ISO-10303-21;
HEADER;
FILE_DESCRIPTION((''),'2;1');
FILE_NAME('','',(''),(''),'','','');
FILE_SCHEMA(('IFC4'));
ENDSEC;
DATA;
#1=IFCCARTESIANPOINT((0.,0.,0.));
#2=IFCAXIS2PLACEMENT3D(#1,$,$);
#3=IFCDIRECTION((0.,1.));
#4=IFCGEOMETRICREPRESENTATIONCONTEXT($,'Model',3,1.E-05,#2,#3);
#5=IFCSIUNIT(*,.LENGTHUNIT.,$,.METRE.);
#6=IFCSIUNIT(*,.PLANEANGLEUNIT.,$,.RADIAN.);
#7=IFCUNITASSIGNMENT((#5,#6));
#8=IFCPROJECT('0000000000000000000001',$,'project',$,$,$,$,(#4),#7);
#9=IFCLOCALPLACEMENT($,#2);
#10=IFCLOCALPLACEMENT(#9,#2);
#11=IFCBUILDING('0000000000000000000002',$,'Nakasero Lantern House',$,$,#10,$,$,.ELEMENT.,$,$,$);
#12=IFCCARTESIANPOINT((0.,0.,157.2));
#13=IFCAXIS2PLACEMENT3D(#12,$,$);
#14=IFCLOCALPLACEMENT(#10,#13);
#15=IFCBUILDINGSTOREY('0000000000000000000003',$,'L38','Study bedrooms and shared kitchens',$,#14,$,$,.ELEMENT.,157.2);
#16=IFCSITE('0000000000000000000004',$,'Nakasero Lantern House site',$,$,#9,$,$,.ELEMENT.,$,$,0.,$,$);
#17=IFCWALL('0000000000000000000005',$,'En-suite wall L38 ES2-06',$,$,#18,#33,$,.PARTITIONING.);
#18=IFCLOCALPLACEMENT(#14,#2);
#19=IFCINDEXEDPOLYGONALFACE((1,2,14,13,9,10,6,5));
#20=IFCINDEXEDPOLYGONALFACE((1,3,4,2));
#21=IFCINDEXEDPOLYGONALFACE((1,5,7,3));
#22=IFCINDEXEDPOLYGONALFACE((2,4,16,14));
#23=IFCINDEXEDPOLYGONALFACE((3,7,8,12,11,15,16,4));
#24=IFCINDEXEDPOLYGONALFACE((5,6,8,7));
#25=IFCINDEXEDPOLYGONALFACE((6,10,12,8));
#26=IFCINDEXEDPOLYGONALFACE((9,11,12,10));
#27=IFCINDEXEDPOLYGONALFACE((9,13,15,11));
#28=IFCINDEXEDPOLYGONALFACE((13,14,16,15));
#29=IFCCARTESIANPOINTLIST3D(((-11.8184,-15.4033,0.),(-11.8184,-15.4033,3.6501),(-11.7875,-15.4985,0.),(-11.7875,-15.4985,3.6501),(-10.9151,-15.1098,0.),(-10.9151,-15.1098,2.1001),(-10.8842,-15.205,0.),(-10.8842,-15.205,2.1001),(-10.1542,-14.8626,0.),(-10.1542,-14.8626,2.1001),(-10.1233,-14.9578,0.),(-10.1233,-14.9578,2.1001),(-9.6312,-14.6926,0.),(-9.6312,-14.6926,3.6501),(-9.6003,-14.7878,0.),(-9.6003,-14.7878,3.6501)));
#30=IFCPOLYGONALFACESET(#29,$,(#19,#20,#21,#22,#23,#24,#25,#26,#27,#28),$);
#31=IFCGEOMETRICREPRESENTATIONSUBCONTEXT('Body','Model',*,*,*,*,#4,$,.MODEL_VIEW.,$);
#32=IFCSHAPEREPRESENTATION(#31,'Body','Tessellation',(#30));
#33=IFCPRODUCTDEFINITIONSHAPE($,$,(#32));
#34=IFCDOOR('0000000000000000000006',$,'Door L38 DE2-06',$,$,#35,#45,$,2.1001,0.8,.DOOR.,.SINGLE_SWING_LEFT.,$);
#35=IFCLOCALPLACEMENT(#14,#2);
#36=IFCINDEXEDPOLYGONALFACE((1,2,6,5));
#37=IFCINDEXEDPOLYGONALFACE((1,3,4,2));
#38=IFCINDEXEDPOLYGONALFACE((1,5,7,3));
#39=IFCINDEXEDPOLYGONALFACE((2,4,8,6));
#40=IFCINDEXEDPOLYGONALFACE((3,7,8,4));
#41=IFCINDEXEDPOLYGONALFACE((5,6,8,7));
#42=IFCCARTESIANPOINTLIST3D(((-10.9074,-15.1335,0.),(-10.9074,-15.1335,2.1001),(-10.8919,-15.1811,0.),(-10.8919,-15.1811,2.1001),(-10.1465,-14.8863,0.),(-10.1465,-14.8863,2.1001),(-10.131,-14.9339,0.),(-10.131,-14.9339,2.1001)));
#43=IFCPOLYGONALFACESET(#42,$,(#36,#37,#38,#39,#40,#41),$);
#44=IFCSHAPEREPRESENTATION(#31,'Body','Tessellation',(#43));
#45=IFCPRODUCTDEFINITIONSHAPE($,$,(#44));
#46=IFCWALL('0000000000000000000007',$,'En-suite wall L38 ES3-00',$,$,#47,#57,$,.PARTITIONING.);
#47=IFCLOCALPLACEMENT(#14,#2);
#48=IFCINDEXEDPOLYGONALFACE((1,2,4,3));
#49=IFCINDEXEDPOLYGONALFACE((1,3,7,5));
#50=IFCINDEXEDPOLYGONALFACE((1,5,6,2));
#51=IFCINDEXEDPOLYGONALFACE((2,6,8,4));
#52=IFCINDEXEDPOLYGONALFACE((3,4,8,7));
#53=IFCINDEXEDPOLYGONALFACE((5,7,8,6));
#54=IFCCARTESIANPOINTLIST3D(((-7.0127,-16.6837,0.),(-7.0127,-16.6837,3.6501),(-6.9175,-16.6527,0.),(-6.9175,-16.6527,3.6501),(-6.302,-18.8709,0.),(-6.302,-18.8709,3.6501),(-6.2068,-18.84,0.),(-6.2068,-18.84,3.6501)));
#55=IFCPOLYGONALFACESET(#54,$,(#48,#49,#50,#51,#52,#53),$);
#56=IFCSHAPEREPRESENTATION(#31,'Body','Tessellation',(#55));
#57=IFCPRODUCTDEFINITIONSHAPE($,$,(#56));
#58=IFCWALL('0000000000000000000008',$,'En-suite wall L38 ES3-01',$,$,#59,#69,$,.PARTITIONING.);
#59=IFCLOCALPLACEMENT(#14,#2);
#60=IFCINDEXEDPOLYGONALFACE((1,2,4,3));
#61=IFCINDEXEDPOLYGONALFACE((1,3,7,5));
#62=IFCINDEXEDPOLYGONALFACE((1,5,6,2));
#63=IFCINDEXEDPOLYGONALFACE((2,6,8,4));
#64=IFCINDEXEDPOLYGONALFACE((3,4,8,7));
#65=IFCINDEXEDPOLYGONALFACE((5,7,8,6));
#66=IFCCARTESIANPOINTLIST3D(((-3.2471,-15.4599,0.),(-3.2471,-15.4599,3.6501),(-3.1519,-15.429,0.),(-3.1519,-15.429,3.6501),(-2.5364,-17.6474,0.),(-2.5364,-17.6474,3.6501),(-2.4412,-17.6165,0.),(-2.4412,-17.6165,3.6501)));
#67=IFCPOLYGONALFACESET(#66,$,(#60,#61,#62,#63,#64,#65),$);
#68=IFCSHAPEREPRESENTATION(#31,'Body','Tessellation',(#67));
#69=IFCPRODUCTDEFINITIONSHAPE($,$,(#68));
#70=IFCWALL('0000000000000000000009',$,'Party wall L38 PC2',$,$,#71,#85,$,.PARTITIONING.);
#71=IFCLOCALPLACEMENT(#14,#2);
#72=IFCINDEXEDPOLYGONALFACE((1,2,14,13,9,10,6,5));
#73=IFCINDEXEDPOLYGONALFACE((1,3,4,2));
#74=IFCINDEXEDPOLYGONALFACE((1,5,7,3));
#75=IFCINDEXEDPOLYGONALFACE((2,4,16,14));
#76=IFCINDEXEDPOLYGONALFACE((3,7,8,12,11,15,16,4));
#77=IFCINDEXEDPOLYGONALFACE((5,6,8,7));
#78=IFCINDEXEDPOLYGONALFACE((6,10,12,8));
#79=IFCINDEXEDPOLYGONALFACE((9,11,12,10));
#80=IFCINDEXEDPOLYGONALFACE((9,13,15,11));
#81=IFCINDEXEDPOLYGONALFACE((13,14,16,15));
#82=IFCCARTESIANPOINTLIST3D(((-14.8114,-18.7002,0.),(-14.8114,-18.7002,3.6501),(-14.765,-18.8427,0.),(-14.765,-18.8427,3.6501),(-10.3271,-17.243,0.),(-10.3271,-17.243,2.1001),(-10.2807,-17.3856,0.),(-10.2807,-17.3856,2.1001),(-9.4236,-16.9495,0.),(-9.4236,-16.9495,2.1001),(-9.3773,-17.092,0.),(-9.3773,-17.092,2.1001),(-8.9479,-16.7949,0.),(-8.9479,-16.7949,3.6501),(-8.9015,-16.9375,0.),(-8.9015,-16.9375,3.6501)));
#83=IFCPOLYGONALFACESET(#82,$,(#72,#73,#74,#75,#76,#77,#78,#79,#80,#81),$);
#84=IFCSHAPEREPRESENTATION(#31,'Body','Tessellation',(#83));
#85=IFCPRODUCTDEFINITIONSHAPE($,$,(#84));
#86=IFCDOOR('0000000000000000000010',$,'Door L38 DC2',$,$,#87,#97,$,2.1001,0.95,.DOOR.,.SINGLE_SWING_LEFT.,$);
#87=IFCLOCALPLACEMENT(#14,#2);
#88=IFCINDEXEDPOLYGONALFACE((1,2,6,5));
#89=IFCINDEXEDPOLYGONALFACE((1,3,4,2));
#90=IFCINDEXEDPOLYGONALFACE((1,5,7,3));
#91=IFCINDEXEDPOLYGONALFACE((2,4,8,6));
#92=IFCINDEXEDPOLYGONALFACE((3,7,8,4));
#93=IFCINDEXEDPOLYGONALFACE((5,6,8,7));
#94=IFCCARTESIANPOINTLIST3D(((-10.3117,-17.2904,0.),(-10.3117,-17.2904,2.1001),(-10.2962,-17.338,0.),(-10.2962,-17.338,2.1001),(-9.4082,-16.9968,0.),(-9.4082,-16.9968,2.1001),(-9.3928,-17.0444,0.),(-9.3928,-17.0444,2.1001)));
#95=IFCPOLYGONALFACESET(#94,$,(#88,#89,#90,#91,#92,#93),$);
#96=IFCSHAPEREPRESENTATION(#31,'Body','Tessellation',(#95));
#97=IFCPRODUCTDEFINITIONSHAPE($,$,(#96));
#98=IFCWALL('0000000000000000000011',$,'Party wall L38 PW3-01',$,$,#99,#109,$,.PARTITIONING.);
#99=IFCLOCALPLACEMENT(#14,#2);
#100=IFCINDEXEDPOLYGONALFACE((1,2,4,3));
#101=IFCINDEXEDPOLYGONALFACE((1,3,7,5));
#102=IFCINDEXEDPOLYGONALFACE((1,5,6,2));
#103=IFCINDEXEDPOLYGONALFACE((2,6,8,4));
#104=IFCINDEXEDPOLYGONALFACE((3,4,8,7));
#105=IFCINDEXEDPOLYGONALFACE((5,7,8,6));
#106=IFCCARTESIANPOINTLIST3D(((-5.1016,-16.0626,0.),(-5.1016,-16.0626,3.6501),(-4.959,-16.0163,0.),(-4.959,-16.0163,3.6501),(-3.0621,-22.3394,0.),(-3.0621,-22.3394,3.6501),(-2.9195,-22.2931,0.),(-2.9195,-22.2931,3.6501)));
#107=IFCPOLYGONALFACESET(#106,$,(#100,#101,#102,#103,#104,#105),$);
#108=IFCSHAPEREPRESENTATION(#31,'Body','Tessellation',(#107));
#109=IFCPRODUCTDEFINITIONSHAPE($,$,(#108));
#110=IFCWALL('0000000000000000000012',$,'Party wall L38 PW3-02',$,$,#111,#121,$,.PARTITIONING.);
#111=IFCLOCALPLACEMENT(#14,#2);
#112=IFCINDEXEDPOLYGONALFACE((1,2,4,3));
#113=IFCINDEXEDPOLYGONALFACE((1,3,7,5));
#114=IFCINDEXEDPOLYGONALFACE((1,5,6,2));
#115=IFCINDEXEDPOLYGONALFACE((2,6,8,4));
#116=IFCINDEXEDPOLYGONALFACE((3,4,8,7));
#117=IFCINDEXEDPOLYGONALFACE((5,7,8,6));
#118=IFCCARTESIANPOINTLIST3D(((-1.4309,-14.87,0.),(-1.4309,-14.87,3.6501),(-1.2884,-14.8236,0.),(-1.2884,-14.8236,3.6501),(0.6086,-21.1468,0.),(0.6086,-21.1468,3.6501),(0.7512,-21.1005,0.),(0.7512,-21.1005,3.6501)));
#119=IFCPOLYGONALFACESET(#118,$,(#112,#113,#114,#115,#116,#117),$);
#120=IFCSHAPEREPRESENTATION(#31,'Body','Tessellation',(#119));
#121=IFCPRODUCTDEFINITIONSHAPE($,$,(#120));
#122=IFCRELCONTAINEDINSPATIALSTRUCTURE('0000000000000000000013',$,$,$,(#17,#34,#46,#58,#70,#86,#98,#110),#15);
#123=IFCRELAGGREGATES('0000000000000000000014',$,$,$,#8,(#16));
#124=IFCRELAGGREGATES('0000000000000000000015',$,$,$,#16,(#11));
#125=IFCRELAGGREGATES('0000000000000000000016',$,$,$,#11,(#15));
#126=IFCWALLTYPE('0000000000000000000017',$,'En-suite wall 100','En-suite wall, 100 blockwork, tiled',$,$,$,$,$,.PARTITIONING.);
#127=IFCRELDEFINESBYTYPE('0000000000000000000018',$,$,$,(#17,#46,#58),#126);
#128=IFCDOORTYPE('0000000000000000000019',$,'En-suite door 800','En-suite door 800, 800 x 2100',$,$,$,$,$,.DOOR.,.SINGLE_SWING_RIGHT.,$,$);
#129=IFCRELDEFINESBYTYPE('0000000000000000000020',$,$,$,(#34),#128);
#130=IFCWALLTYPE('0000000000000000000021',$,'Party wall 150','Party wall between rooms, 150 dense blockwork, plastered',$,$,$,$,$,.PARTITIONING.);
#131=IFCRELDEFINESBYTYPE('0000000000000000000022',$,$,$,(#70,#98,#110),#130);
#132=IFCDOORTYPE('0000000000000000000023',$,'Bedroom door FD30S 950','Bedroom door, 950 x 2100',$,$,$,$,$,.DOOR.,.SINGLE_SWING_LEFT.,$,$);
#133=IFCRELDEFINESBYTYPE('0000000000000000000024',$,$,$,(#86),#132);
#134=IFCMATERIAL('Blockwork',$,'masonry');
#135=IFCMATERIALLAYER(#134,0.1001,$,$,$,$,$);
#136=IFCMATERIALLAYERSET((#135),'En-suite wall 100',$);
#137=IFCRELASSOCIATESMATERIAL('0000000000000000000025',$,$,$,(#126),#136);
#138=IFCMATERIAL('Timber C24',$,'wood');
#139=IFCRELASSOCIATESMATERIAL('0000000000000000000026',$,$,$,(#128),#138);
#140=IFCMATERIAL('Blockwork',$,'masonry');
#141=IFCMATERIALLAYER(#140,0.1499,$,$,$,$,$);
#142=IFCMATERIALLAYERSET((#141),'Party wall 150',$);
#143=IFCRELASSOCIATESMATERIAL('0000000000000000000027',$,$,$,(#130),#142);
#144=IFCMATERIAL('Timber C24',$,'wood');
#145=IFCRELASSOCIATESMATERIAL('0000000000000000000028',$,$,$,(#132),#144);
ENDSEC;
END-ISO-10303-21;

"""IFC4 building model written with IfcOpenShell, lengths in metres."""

from ifc_helpers import new_model, si_unit, direction, frame, frame_2d, origin, place, context, subcontext, project, spatial, rectangle, extrude, material, layer, layer_set, type_object, element, fill, save


model = new_model("IFC4")

# Units and contexts
model_context = context("Model", 3, precision=1e-05, world=origin(), true_north=direction((0.0, 1.0)))
body_context = subcontext(model_context, "Body", "Model", "MODEL_VIEW")
ifc_project = project(units=[si_unit("LENGTHUNIT", "METRE"), si_unit("PLANEANGLEUNIT", "RADIAN")], contexts=[model_context])

# Site, building, storey
site_placement = place(None, origin())
site = spatial("IfcSite", under=ifc_project, at=site_placement, Name="Nakasero Lantern House site", CompositionType="ELEMENT", RefElevation=0.0)
building_placement = place(site_placement, origin())
building = spatial("IfcBuilding", under=site, at=building_placement, Name="Nakasero Lantern House", CompositionType="ELEMENT")
storey_placement = place(building_placement, frame((0.0, 0.0, 157.2)))
storey = spatial("IfcBuildingStorey", under=building, at=storey_placement, Name="L38", Description="Study bedrooms and shared kitchens", CompositionType="ELEMENT", Elevation=157.2)

# Wall, opening, door
ifc_material_1 = material(Name="Blockwork", Category="masonry")
ifc_layer_1 = layer(ifc_material_1, 0.1001)
ifc_layer_set_1 = layer_set([ifc_layer_1], Name="En-suite wall 100")
wall_type_1 = type_object("IfcWallType", Name="En-suite wall 100", Description="En-suite wall, 100 blockwork, tiled", PredefinedType="PARTITIONING", material=ifc_layer_set_1)
wall_1_placement = place(storey_placement, frame((-9.6157, -14.7402, 0.0), z_axis=(0.0, 0.0, 1.0), x_axis=(-0.951055, -0.309021, 0.0)))
wall_1 = element("IfcWall", 1, at=wall_1_placement, inside=storey, type_object=wall_type_1, Name="En-suite wall L38 ES2-06", PredefinedType="PARTITIONING", context=body_context, shape_type="SweptSolid", body=[
    extrude(rectangle(XDim=2.2998, YDim=0.1001, at=frame_2d((1.1499, 0.0))), origin(), (0.0, 0.0, 1.0), 3.6501),
])
opening_1_placement = place(wall_1_placement, frame((0.55, 0.0, 0.0)))
opening_1 = element("IfcOpeningElement", 2, at=opening_1_placement, cuts=wall_1, PredefinedType="OPENING", context=body_context, shape_type="SweptSolid", body=[
    extrude(rectangle(XDim=0.8, YDim=2.1001, at=frame_2d((0.3999, 1.05))), frame((0.0, 0.0701, 0.0), z_axis=(0.0, -1.0, 0.0), x_axis=(1.0, 0.0, 0.0)), (0.0, 0.0, 1.0), 0.1401),
])
ifc_material_2 = material(Name="Timber C24", Category="wood")
door_type_1 = type_object("IfcDoorType", Name="En-suite door 800", Description="En-suite door 800, 800 x 2100", OperationType="SINGLE_SWING_RIGHT", PredefinedType="DOOR", material=ifc_material_2)
door_1_placement = place(opening_1_placement, origin())
door_1 = element("IfcDoor", 3, at=door_1_placement, inside=storey, type_object=door_type_1, Name="Door L38 DE2-06", OperationType="SINGLE_SWING_LEFT", OverallHeight=2.1001, OverallWidth=0.8, PredefinedType="DOOR", context=body_context, shape_type="SweptSolid", body=[
    extrude(rectangle(XDim=0.8, YDim=2.1001, at=frame_2d((0.3999, 1.05))), frame((0.0, 0.0249, 0.0), z_axis=(0.0, -1.0, 0.0), x_axis=(1.0, 0.0, 0.0)), (0.0, 0.0, 1.0), 0.05),
])
fill(opening_1, door_1)

# Walls
wall_2_placement = place(storey_placement, frame((-6.9651, -16.6682, 0.0), z_axis=(0.0, 0.0, 1.0), x_axis=(0.309021, -0.951055, 0.0)))
element("IfcWall", 4, at=wall_2_placement, inside=storey, type_object=wall_type_1, Name="En-suite wall L38 ES3-00", PredefinedType="PARTITIONING", context=body_context, shape_type="SweptSolid", body=[
    extrude(rectangle(XDim=2.2998, YDim=0.1001, at=frame_2d((1.1499, 0.0))), origin(), (0.0, 0.0, 1.0), 3.6501),
])
wall_3_placement = place(storey_placement, frame((-3.1995, -15.4446, 0.0), z_axis=(0.0, 0.0, 1.0), x_axis=(0.30899, -0.951065, 0.0)))
element("IfcWall", 5, at=wall_3_placement, inside=storey, type_object=wall_type_1, Name="En-suite wall L38 ES3-01", PredefinedType="PARTITIONING", context=body_context, shape_type="SweptSolid", body=[
    extrude(rectangle(XDim=2.3, YDim=0.1001, at=frame_2d((1.1499, 0.0))), origin(), (0.0, 0.0, 1.0), 3.6501),
])

# Wall, opening, door
ifc_material_3 = material(Name="Blockwork", Category="masonry")
ifc_layer_2 = layer(ifc_material_3, 0.1499)
ifc_layer_set_2 = layer_set([ifc_layer_2], Name="Party wall 150")
wall_type_2 = type_object("IfcWallType", Name="Party wall 150", Description="Party wall between rooms, 150 dense blockwork, plastered", PredefinedType="PARTITIONING", material=ifc_layer_set_2)
wall_4_placement = place(storey_placement, frame((-8.9248, -16.8662, 0.0), z_axis=(0.0, 0.0, 1.0), x_axis=(-0.951052, -0.309031, 0.0)))
wall_4 = element("IfcWall", 6, at=wall_4_placement, inside=storey, type_object=wall_type_2, Name="Party wall L38 PC2", PredefinedType="PARTITIONING", context=body_context, shape_type="SweptSolid", body=[
    extrude(rectangle(XDim=6.1653, YDim=0.1499, at=frame_2d((3.0825, 0.0))), origin(), (0.0, 0.0, 1.0), 3.6501),
])
opening_2_placement = place(wall_4_placement, frame((0.5, 0.0, 0.0)))
opening_2 = element("IfcOpeningElement", 7, at=opening_2_placement, cuts=wall_4, PredefinedType="OPENING", context=body_context, shape_type="SweptSolid", body=[
    extrude(rectangle(XDim=0.95, YDim=2.1001, at=frame_2d((0.4751, 1.05))), frame((0.0, 0.095, 0.0), z_axis=(0.0, -1.0, 0.0), x_axis=(1.0, 0.0, 0.0)), (0.0, 0.0, 1.0), 0.1899),
])
ifc_material_4 = material(Name="Timber C24", Category="wood")
door_type_2 = type_object("IfcDoorType", Name="Bedroom door FD30S 950", Description="Bedroom door, 950 x 2100", OperationType="SINGLE_SWING_LEFT", PredefinedType="DOOR", material=ifc_material_4)
door_2_placement = place(opening_2_placement, origin())
door_2 = element("IfcDoor", 8, at=door_2_placement, inside=storey, type_object=door_type_2, Name="Door L38 DC2", OperationType="SINGLE_SWING_LEFT", OverallHeight=2.1001, OverallWidth=0.95, PredefinedType="DOOR", context=body_context, shape_type="SweptSolid", body=[
    extrude(rectangle(XDim=0.95, YDim=2.1001, at=frame_2d((0.4751, 1.05))), frame((0.0, 0.0249, 0.0), z_axis=(0.0, -1.0, 0.0), x_axis=(1.0, 0.0, 0.0)), (0.0, 0.0, 1.0), 0.05),
])
fill(opening_2, door_2)

# Walls
for number, where, z_axis, x_axis, name in (
    (9, (-5.0303, -16.0396, 0.0), (0.0, 0.0, 1.0), (0.309028, -0.951053, 0.0), "Party wall L38 PW3-01"),
    (10, (-1.3596, -14.8469, 0.0), (0.0, 0.0, 1.0), (0.309028, -0.951053, 0.0), "Party wall L38 PW3-02"),
):
    element("IfcWall", number, at=place(storey_placement, frame(where, z_axis=z_axis, x_axis=x_axis)), inside=storey, type_object=wall_type_2, Name=name, PredefinedType="PARTITIONING", context=body_context, shape_type="SweptSolid", body=[
        extrude(rectangle(XDim=6.5999, YDim=0.1499, at=frame_2d((3.2998, 0.0))), origin(), (0.0, 0.0, 1.0), 3.6501),
    ])

save(model, "model.ifc")
